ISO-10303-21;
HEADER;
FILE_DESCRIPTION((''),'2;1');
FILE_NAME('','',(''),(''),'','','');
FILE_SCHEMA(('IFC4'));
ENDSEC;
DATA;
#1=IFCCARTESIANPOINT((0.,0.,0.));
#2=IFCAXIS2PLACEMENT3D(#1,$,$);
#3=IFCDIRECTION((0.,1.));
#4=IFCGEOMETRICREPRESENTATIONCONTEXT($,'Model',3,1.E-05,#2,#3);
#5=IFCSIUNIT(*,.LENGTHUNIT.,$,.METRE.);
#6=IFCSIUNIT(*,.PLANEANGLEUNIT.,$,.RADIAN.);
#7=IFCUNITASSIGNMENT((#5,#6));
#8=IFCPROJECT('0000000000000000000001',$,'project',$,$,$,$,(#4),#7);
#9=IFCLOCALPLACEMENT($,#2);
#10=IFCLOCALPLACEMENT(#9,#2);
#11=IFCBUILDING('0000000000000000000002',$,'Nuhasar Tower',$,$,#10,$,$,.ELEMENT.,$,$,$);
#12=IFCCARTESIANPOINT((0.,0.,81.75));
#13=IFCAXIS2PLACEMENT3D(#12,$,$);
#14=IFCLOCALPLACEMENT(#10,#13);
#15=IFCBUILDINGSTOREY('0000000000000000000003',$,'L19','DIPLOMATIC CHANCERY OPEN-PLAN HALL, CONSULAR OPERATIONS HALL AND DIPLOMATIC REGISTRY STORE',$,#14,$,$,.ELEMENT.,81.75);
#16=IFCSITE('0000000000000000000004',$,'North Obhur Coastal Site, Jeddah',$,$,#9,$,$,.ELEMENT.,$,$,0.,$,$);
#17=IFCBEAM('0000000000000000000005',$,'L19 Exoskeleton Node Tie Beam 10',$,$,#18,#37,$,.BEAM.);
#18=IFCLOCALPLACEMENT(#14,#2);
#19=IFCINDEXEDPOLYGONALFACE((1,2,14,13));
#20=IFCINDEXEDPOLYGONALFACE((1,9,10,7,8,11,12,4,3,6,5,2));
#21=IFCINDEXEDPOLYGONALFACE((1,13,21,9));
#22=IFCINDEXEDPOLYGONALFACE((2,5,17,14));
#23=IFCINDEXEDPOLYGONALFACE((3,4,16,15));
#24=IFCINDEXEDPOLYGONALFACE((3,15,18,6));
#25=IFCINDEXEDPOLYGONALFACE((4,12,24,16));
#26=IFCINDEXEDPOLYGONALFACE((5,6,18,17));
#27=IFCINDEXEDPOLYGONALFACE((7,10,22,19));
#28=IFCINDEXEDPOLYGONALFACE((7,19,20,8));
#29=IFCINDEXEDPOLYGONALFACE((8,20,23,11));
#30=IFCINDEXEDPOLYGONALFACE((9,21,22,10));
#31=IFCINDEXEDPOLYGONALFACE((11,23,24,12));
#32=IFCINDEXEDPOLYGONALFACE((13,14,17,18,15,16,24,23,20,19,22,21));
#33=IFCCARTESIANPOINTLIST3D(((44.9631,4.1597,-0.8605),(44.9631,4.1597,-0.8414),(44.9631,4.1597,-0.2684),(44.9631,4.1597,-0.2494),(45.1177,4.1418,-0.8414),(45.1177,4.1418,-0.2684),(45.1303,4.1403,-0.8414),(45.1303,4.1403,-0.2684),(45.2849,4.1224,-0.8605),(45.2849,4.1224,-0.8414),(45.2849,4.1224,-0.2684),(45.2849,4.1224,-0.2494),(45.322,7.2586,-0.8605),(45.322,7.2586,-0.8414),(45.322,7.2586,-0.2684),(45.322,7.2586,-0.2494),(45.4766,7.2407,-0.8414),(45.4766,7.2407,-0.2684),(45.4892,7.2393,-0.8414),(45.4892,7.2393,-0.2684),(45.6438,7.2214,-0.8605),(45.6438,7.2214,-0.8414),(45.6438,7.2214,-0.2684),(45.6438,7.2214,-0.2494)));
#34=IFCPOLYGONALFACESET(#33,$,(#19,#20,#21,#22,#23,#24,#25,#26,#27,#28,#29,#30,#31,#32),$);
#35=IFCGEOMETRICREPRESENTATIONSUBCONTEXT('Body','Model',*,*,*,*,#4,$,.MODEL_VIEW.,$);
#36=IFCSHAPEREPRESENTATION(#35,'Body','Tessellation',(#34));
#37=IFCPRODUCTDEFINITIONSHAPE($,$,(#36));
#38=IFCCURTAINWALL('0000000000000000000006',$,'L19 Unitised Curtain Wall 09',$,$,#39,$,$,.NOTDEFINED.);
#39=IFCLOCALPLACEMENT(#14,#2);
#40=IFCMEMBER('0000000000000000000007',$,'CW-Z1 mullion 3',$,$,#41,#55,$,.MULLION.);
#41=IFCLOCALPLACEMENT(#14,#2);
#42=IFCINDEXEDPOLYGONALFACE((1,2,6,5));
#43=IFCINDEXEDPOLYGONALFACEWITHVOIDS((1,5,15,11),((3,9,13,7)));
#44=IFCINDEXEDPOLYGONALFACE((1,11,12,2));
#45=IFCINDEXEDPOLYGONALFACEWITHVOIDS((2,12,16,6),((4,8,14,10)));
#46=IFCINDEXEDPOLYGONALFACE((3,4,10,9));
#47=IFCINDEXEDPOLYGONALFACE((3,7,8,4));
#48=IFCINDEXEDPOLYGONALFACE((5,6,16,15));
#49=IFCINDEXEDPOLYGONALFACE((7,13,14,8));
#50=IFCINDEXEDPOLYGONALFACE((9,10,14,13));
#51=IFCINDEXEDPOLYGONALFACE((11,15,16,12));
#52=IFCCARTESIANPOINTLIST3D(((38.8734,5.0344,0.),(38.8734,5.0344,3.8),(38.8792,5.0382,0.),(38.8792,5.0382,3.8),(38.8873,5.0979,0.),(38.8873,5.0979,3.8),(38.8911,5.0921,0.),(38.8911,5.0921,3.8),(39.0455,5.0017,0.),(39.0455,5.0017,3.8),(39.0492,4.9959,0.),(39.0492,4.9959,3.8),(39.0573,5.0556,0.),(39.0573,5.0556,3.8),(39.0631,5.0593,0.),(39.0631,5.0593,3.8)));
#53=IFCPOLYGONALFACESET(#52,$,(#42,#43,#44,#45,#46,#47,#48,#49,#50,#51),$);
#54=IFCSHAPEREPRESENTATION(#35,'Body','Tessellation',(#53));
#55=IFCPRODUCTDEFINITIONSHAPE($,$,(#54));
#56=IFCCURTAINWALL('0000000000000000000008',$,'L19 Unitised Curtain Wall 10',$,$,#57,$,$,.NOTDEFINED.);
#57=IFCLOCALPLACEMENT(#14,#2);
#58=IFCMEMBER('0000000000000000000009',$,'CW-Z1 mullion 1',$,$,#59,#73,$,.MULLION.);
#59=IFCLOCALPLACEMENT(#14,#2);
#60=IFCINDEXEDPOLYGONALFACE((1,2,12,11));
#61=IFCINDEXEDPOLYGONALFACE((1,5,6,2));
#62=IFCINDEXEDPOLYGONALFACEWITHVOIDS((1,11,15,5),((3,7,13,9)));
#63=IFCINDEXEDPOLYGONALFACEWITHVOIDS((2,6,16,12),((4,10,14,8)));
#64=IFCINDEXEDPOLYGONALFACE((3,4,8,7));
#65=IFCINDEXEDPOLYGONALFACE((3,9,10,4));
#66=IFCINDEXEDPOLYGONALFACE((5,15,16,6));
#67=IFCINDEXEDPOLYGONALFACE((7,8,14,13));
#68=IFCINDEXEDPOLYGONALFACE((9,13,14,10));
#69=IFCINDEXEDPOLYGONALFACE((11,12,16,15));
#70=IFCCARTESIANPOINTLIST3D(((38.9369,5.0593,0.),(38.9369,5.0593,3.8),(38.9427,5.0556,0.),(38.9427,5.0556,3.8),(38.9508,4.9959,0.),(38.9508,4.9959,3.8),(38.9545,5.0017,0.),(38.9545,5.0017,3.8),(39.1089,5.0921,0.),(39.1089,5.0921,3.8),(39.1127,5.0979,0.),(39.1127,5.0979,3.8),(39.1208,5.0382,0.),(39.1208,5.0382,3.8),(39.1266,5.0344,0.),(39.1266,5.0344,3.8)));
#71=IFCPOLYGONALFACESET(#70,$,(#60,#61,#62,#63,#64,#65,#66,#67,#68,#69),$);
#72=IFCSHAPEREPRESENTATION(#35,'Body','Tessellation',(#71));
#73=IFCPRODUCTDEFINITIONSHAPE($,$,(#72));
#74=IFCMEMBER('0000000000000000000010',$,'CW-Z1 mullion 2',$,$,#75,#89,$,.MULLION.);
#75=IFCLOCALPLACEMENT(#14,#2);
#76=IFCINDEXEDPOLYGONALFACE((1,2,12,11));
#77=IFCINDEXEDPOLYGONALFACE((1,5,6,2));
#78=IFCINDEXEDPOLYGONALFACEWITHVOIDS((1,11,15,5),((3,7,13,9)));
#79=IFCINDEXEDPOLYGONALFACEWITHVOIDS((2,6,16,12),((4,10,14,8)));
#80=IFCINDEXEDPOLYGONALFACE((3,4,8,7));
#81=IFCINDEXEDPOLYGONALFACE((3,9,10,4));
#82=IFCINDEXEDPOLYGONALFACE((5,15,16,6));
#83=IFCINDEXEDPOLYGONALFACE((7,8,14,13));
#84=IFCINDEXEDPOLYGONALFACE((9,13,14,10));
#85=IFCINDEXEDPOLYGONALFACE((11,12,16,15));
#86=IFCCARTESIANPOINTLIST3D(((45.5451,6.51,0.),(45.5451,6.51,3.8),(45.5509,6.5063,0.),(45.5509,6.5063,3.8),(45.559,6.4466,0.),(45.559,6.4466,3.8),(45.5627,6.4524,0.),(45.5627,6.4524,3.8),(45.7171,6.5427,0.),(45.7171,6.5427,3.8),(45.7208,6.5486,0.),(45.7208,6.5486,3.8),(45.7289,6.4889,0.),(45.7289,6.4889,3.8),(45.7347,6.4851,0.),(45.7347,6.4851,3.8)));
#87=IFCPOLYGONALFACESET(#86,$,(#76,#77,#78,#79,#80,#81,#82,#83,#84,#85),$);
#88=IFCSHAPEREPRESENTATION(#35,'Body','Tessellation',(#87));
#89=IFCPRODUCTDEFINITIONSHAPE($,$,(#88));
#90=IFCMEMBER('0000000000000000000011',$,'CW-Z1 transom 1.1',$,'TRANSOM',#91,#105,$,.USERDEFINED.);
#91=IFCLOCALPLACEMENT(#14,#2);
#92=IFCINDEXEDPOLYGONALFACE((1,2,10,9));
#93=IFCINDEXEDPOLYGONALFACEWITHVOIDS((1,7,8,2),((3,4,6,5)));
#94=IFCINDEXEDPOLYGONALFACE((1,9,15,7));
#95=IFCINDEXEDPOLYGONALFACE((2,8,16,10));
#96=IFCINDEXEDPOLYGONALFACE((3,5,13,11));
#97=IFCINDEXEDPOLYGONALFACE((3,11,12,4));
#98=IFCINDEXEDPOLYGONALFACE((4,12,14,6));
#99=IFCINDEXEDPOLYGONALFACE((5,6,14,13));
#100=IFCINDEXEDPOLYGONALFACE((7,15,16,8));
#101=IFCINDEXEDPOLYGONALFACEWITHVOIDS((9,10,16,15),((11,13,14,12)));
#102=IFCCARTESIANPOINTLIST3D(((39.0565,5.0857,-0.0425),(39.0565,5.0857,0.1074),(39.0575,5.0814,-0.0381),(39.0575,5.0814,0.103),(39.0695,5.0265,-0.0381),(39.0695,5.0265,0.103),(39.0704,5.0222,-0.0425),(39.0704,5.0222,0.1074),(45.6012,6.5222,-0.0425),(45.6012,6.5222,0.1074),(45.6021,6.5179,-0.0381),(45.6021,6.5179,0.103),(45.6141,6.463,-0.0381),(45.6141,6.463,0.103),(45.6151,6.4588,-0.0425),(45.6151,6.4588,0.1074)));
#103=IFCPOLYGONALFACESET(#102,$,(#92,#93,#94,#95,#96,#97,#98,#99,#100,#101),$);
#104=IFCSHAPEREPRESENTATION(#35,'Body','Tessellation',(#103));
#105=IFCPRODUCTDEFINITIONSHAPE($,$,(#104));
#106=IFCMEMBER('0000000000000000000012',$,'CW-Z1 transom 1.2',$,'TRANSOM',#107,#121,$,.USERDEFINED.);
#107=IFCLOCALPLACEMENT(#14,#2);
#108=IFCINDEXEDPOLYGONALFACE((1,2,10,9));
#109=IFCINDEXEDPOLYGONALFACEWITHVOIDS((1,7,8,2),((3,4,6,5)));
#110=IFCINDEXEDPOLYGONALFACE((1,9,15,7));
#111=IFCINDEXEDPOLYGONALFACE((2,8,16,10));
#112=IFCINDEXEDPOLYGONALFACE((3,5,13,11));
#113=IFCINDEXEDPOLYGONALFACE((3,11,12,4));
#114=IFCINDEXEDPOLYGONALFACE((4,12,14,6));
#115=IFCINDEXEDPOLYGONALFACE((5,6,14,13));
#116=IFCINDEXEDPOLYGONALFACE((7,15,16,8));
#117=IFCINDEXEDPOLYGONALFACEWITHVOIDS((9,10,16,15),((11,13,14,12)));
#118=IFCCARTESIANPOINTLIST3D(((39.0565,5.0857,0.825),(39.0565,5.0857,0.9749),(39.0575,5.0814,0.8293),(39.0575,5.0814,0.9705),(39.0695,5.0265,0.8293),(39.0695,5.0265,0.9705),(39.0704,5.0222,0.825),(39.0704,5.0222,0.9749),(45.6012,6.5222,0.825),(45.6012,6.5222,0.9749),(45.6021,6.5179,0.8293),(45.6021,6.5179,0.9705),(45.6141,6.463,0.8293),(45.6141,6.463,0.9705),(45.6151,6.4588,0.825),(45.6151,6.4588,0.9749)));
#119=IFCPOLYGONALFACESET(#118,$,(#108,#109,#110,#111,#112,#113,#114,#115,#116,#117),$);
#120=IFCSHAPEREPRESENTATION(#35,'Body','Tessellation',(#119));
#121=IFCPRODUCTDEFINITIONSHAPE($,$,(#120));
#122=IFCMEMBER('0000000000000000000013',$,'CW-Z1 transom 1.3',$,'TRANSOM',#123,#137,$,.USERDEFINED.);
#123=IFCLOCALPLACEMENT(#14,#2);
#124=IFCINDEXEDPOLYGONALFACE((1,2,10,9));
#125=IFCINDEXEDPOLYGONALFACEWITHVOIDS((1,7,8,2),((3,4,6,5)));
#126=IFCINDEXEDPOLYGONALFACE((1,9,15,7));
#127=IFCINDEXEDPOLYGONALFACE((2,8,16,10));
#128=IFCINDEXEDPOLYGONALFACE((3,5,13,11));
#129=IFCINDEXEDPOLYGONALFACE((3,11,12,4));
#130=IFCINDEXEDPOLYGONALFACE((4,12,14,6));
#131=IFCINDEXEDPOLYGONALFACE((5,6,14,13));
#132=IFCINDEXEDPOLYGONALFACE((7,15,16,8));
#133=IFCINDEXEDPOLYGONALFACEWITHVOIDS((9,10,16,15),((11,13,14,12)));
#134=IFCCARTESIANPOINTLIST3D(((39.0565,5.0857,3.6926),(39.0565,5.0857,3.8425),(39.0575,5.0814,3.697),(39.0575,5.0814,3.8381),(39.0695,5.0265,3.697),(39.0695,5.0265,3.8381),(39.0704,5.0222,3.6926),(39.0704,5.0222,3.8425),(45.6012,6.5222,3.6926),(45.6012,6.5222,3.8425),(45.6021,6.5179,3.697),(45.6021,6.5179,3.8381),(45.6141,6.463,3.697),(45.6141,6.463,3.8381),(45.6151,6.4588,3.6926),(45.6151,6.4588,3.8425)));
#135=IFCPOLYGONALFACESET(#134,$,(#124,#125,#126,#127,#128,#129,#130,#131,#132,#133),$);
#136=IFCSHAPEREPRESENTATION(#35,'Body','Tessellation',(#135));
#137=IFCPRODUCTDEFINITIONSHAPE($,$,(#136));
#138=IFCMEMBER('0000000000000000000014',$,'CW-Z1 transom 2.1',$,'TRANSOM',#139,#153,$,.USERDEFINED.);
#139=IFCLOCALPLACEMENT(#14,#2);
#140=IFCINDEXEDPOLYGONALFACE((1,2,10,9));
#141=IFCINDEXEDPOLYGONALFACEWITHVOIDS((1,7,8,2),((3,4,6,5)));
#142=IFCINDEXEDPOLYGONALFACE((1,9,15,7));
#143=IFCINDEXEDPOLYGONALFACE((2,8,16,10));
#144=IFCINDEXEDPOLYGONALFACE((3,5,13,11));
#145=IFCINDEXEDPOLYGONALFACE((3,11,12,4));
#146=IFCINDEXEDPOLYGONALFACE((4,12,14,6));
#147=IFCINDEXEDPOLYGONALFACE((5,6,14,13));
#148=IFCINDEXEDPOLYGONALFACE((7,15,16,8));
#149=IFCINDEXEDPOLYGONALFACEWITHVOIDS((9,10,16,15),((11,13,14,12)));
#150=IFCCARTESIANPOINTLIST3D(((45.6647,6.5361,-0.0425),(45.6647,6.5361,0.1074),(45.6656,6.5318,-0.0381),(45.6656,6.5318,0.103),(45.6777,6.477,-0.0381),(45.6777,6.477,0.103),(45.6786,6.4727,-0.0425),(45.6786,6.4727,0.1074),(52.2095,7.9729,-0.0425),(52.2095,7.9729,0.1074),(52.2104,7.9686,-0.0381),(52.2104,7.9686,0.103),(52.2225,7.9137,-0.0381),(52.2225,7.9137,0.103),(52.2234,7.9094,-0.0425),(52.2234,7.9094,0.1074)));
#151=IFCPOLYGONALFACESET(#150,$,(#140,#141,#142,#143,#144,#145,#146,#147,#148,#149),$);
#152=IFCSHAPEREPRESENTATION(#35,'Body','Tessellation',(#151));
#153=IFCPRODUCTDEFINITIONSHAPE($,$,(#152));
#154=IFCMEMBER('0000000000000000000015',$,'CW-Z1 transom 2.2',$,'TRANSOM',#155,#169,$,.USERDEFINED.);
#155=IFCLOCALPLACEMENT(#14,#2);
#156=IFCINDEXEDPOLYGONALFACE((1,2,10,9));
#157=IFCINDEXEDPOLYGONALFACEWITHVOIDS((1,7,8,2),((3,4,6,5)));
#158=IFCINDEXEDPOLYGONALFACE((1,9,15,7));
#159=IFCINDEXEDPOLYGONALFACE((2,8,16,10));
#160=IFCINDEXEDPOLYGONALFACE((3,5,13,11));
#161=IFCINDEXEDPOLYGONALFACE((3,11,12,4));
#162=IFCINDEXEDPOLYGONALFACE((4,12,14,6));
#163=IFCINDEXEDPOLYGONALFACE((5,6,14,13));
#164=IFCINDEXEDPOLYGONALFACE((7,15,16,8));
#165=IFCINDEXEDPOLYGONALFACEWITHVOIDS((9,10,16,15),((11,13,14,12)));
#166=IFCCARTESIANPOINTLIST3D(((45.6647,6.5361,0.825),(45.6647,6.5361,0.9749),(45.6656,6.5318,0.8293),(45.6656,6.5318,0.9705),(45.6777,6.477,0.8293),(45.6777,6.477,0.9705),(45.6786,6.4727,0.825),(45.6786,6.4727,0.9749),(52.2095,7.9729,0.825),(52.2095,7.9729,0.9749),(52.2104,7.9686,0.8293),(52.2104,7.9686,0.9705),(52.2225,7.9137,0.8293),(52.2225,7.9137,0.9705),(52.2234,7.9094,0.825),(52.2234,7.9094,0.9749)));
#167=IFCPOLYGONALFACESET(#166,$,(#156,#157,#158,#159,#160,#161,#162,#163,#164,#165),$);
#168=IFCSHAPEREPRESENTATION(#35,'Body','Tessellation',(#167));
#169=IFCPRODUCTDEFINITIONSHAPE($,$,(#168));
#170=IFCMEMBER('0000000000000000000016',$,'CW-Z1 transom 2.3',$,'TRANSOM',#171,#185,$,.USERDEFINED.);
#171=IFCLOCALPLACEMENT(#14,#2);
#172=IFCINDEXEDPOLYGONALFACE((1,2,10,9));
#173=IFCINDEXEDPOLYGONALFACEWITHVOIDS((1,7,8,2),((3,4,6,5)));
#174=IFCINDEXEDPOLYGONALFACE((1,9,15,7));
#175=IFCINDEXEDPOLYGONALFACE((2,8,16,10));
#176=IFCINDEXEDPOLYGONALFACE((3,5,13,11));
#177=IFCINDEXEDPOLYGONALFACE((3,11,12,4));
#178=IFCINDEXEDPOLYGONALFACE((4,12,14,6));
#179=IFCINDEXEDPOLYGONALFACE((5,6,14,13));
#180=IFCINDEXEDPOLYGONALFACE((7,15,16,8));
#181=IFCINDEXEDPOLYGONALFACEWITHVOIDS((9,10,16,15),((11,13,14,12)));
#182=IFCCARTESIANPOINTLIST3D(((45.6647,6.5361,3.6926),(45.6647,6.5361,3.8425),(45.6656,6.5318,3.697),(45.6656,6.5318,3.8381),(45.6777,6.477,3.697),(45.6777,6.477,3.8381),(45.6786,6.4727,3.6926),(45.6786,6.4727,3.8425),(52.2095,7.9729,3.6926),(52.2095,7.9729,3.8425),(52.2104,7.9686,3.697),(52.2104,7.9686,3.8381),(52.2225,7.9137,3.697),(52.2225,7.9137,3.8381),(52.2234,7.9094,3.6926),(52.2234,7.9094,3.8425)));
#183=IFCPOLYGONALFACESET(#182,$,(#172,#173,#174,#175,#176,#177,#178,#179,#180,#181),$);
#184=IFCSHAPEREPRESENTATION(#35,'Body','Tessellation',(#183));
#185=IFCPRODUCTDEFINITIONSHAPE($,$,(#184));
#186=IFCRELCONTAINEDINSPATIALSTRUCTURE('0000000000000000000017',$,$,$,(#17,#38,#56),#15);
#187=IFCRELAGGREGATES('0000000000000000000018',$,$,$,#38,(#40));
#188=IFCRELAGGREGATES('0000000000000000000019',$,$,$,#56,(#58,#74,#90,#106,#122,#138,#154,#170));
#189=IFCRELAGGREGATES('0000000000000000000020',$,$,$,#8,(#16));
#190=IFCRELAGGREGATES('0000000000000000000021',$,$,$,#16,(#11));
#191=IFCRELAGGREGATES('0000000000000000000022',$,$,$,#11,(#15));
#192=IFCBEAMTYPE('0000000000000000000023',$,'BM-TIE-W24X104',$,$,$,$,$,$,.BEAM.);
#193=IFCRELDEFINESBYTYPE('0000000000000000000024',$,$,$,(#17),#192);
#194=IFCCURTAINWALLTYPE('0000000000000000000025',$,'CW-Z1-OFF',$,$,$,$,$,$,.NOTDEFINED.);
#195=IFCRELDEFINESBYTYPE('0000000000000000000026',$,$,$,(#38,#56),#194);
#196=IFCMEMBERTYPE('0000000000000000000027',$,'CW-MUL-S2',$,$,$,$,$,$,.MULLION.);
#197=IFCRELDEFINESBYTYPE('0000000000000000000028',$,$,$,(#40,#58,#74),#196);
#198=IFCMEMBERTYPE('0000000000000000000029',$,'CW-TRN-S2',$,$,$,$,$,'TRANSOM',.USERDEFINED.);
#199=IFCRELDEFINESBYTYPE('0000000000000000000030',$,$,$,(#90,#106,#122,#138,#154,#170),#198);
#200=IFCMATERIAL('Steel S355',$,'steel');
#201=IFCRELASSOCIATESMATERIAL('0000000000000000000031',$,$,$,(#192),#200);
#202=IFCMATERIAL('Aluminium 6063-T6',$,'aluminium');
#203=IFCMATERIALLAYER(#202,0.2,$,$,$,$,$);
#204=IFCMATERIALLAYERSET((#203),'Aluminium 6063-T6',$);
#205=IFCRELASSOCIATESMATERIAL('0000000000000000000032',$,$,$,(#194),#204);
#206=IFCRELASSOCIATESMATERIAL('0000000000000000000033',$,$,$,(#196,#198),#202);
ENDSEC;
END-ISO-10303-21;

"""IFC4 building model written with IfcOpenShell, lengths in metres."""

from ifc_helpers import new_model, si_unit, direction, frame, origin, origin_2d, place, context, subcontext, project, spatial, hollow_rectangle, i_section, extrude, material, layer, layer_set, material_profile, profile_set, type_object, element, aggregate, save


model = new_model("IFC4")

# Units and contexts
model_context = context("Model", 3, precision=1e-05, world=origin(), true_north=direction((0.0, 1.0)))
body_context = subcontext(model_context, "Body", "Model", "MODEL_VIEW")
ifc_project = project(units=[si_unit("LENGTHUNIT", "METRE"), si_unit("PLANEANGLEUNIT", "RADIAN")], contexts=[model_context])

# Site, building, storey
site_placement = place(None, origin())
site = spatial("IfcSite", under=ifc_project, at=site_placement, Name="North Obhur Coastal Site, Jeddah", CompositionType="ELEMENT", RefElevation=0.0)
building_placement = place(site_placement, origin())
building = spatial("IfcBuilding", under=site, at=building_placement, Name="Nuhasar Tower", CompositionType="ELEMENT")
storey_placement = place(building_placement, frame((0.0, 0.0, 81.75)))
storey = spatial("IfcBuildingStorey", under=building, at=storey_placement, Name="L19", Description="DIPLOMATIC CHANCERY OPEN-PLAN HALL, CONSULAR OPERATIONS HALL AND DIPLOMATIC REGISTRY STORE", CompositionType="ELEMENT", Elevation=81.75)

# Beam
ifc_material_1 = material(Name="Steel S355", Category="steel")
ifc_material_profile_1 = material_profile(ifc_material_1, i_section(OverallWidth=0.324, OverallDepth=0.6111, WebThickness=0.0127, FlangeThickness=0.019, at=origin_2d()), Name="W24X104")
ifc_profile_set_1 = profile_set([ifc_material_profile_1], Name="Steel S355")
beam_type_1 = type_object("IfcBeamType", Name="BM-TIE-W24X104", PredefinedType="BEAM", material=ifc_profile_set_1)
beam_1_placement = place(storey_placement, frame((45.4829, 7.24, -0.5549), z_axis=(-0.115043, -0.993361, 0.0), x_axis=(0.993361, -0.115043, 0.0)))
element("IfcBeam", 1, at=beam_1_placement, inside=storey, type_object=beam_type_1, Name="L19 Exoskeleton Node Tie Beam 10", PredefinedType="BEAM", context=body_context, shape_type="SweptSolid", body=[
    extrude(i_section(OverallWidth=0.324, OverallDepth=0.6111, WebThickness=0.0127, FlangeThickness=0.019, at=origin_2d()), origin(), (0.0, 0.0, 1.0), 3.1196),
])

# Curtain wall, member
ifc_material_2 = material(Name="Aluminium 6063-T6", Category="aluminium")
ifc_layer_1 = layer(ifc_material_2, 0.2)
ifc_layer_set_1 = layer_set([ifc_layer_1], Name="Aluminium 6063-T6")
curtain_wall_type = type_object("IfcCurtainWallType", Name="CW-Z1-OFF", PredefinedType="NOTDEFINED", material=ifc_layer_set_1)
curtain_wall_1_placement = place(storey_placement, origin())
curtain_wall_1 = element("IfcCurtainWall", 2, at=curtain_wall_1_placement, inside=storey, type_object=curtain_wall_type, Name="L19 Unitised Curtain Wall 09", PredefinedType="NOTDEFINED")
ifc_material_profile_2 = material_profile(ifc_material_2, hollow_rectangle(XDim=0.0649, YDim=0.1799, WallThickness=0.0049, at=origin_2d()), Name="CWM-2")
ifc_profile_set_2 = profile_set([ifc_material_profile_2], Name="Aluminium 6063-T6")
member_type_1 = type_object("IfcMemberType", Name="CW-MUL-S2", PredefinedType="MULLION", material=ifc_profile_set_2)
member_1_placement = place(storey_placement, frame((38.9683, 5.0469, 0.0), z_axis=(0.0, 0.0, 1.0), x_axis=(0.214399, 0.976746, 0.0)))
member_1 = element("IfcMember", 3, at=member_1_placement, type_object=member_type_1, Name="CW-Z1 mullion 3", PredefinedType="MULLION", context=body_context, shape_type="SweptSolid", body=[
    extrude(hollow_rectangle(XDim=0.0649, YDim=0.1799, WallThickness=0.0049, at=origin_2d()), origin(), (0.0, 0.0, 1.0), 3.8),
])
aggregate(curtain_wall_1, [member_1])

# Curtain wall, members
curtain_wall_2_placement = place(storey_placement, origin())
curtain_wall_2 = element("IfcCurtainWall", 4, at=curtain_wall_2_placement, inside=storey, type_object=curtain_wall_type, Name="L19 Unitised Curtain Wall 10", PredefinedType="NOTDEFINED")
member_2_placement = place(storey_placement, frame((39.0317, 5.0469, 0.0), z_axis=(0.0, 0.0, 1.0), x_axis=(-0.214399, 0.976746, 0.0)))
member_2 = element("IfcMember", 5, at=member_2_placement, type_object=member_type_1, Name="CW-Z1 mullion 1", PredefinedType="MULLION", context=body_context, shape_type="SweptSolid", body=[
    extrude(hollow_rectangle(XDim=0.0649, YDim=0.1799, WallThickness=0.0049, at=origin_2d()), origin(), (0.0, 0.0, 1.0), 3.8),
])
member_3_placement = place(storey_placement, frame((45.6399, 6.4976, 0.0), z_axis=(0.0, 0.0, 1.0), x_axis=(-0.214399, 0.976746, 0.0)))
member_3 = element("IfcMember", 6, at=member_3_placement, type_object=member_type_1, Name="CW-Z1 mullion 2", PredefinedType="MULLION", context=body_context, shape_type="SweptSolid", body=[
    extrude(hollow_rectangle(XDim=0.0649, YDim=0.1799, WallThickness=0.0049, at=origin_2d()), origin(), (0.0, 0.0, 1.0), 3.8),
])
ifc_material_profile_3 = material_profile(ifc_material_2, hollow_rectangle(XDim=0.0649, YDim=0.1499, WallThickness=0.0044, at=origin_2d()), Name="CWT-2")
ifc_profile_set_3 = profile_set([ifc_material_profile_3], Name="Aluminium 6063-T6")
member_type_2 = type_object("IfcMemberType", Name="CW-TRN-S2", ElementType="TRANSOM", PredefinedType="USERDEFINED", material=ifc_profile_set_3)
member_4_placement = place(storey_placement, frame((39.0635, 5.054, 0.0325), z_axis=(0.976748, 0.214391, 0.0), x_axis=(-0.214391, 0.976748, 0.0)))
member_4 = element("IfcMember", 7, at=member_4_placement, type_object=member_type_2, Name="CW-Z1 transom 1.1", ObjectType="TRANSOM", PredefinedType="USERDEFINED", context=body_context, shape_type="SweptSolid", body=[
    extrude(hollow_rectangle(XDim=0.0649, YDim=0.1499, WallThickness=0.0044, at=origin_2d()), origin(), (0.0, 0.0, 1.0), 6.7004),
])
member_5_placement = place(storey_placement, frame((39.0635, 5.054, 0.8999), z_axis=(0.976748, 0.214391, 0.0), x_axis=(-0.214391, 0.976748, 0.0)))
member_5 = element("IfcMember", 8, at=member_5_placement, type_object=member_type_2, Name="CW-Z1 transom 1.2", ObjectType="TRANSOM", PredefinedType="USERDEFINED", context=body_context, shape_type="SweptSolid", body=[
    extrude(hollow_rectangle(XDim=0.0649, YDim=0.1499, WallThickness=0.0044, at=origin_2d()), origin(), (0.0, 0.0, 1.0), 6.7004),
])
member_6_placement = place(storey_placement, frame((39.0635, 5.054, 3.7676), z_axis=(0.976748, 0.214391, 0.0), x_axis=(-0.214391, 0.976748, 0.0)))
member_6 = element("IfcMember", 9, at=member_6_placement, type_object=member_type_2, Name="CW-Z1 transom 1.3", ObjectType="TRANSOM", PredefinedType="USERDEFINED", context=body_context, shape_type="SweptSolid", body=[
    extrude(hollow_rectangle(XDim=0.0649, YDim=0.1499, WallThickness=0.0044, at=origin_2d()), origin(), (0.0, 0.0, 1.0), 6.7004),
])
member_7_placement = place(storey_placement, frame((45.6716, 6.5044, 0.0325), z_axis=(0.976742, 0.214418, 0.0), x_axis=(-0.214418, 0.976742, 0.0)))
member_7 = element("IfcMember", 10, at=member_7_placement, type_object=member_type_2, Name="CW-Z1 transom 2.1", ObjectType="TRANSOM", PredefinedType="USERDEFINED", context=body_context, shape_type="SweptSolid", body=[
    extrude(hollow_rectangle(XDim=0.0649, YDim=0.1499, WallThickness=0.0044, at=origin_2d()), origin(), (0.0, 0.0, 1.0), 6.7007),
])
member_8_placement = place(storey_placement, frame((45.6716, 6.5044, 0.8999), z_axis=(0.976742, 0.214418, 0.0), x_axis=(-0.214418, 0.976742, 0.0)))
member_8 = element("IfcMember", 11, at=member_8_placement, type_object=member_type_2, Name="CW-Z1 transom 2.2", ObjectType="TRANSOM", PredefinedType="USERDEFINED", context=body_context, shape_type="SweptSolid", body=[
    extrude(hollow_rectangle(XDim=0.0649, YDim=0.1499, WallThickness=0.0044, at=origin_2d()), origin(), (0.0, 0.0, 1.0), 6.7007),
])
member_9_placement = place(storey_placement, frame((45.6716, 6.5044, 3.7676), z_axis=(0.976742, 0.214418, 0.0), x_axis=(-0.214418, 0.976742, 0.0)))
member_9 = element("IfcMember", 12, at=member_9_placement, type_object=member_type_2, Name="CW-Z1 transom 2.3", ObjectType="TRANSOM", PredefinedType="USERDEFINED", context=body_context, shape_type="SweptSolid", body=[
    extrude(hollow_rectangle(XDim=0.0649, YDim=0.1499, WallThickness=0.0044, at=origin_2d()), origin(), (0.0, 0.0, 1.0), 6.7007),
])

aggregate(curtain_wall_2, [member_2, member_3, member_4, member_5, member_6, member_7, member_8, member_9])

save(model, "model.ifc")
